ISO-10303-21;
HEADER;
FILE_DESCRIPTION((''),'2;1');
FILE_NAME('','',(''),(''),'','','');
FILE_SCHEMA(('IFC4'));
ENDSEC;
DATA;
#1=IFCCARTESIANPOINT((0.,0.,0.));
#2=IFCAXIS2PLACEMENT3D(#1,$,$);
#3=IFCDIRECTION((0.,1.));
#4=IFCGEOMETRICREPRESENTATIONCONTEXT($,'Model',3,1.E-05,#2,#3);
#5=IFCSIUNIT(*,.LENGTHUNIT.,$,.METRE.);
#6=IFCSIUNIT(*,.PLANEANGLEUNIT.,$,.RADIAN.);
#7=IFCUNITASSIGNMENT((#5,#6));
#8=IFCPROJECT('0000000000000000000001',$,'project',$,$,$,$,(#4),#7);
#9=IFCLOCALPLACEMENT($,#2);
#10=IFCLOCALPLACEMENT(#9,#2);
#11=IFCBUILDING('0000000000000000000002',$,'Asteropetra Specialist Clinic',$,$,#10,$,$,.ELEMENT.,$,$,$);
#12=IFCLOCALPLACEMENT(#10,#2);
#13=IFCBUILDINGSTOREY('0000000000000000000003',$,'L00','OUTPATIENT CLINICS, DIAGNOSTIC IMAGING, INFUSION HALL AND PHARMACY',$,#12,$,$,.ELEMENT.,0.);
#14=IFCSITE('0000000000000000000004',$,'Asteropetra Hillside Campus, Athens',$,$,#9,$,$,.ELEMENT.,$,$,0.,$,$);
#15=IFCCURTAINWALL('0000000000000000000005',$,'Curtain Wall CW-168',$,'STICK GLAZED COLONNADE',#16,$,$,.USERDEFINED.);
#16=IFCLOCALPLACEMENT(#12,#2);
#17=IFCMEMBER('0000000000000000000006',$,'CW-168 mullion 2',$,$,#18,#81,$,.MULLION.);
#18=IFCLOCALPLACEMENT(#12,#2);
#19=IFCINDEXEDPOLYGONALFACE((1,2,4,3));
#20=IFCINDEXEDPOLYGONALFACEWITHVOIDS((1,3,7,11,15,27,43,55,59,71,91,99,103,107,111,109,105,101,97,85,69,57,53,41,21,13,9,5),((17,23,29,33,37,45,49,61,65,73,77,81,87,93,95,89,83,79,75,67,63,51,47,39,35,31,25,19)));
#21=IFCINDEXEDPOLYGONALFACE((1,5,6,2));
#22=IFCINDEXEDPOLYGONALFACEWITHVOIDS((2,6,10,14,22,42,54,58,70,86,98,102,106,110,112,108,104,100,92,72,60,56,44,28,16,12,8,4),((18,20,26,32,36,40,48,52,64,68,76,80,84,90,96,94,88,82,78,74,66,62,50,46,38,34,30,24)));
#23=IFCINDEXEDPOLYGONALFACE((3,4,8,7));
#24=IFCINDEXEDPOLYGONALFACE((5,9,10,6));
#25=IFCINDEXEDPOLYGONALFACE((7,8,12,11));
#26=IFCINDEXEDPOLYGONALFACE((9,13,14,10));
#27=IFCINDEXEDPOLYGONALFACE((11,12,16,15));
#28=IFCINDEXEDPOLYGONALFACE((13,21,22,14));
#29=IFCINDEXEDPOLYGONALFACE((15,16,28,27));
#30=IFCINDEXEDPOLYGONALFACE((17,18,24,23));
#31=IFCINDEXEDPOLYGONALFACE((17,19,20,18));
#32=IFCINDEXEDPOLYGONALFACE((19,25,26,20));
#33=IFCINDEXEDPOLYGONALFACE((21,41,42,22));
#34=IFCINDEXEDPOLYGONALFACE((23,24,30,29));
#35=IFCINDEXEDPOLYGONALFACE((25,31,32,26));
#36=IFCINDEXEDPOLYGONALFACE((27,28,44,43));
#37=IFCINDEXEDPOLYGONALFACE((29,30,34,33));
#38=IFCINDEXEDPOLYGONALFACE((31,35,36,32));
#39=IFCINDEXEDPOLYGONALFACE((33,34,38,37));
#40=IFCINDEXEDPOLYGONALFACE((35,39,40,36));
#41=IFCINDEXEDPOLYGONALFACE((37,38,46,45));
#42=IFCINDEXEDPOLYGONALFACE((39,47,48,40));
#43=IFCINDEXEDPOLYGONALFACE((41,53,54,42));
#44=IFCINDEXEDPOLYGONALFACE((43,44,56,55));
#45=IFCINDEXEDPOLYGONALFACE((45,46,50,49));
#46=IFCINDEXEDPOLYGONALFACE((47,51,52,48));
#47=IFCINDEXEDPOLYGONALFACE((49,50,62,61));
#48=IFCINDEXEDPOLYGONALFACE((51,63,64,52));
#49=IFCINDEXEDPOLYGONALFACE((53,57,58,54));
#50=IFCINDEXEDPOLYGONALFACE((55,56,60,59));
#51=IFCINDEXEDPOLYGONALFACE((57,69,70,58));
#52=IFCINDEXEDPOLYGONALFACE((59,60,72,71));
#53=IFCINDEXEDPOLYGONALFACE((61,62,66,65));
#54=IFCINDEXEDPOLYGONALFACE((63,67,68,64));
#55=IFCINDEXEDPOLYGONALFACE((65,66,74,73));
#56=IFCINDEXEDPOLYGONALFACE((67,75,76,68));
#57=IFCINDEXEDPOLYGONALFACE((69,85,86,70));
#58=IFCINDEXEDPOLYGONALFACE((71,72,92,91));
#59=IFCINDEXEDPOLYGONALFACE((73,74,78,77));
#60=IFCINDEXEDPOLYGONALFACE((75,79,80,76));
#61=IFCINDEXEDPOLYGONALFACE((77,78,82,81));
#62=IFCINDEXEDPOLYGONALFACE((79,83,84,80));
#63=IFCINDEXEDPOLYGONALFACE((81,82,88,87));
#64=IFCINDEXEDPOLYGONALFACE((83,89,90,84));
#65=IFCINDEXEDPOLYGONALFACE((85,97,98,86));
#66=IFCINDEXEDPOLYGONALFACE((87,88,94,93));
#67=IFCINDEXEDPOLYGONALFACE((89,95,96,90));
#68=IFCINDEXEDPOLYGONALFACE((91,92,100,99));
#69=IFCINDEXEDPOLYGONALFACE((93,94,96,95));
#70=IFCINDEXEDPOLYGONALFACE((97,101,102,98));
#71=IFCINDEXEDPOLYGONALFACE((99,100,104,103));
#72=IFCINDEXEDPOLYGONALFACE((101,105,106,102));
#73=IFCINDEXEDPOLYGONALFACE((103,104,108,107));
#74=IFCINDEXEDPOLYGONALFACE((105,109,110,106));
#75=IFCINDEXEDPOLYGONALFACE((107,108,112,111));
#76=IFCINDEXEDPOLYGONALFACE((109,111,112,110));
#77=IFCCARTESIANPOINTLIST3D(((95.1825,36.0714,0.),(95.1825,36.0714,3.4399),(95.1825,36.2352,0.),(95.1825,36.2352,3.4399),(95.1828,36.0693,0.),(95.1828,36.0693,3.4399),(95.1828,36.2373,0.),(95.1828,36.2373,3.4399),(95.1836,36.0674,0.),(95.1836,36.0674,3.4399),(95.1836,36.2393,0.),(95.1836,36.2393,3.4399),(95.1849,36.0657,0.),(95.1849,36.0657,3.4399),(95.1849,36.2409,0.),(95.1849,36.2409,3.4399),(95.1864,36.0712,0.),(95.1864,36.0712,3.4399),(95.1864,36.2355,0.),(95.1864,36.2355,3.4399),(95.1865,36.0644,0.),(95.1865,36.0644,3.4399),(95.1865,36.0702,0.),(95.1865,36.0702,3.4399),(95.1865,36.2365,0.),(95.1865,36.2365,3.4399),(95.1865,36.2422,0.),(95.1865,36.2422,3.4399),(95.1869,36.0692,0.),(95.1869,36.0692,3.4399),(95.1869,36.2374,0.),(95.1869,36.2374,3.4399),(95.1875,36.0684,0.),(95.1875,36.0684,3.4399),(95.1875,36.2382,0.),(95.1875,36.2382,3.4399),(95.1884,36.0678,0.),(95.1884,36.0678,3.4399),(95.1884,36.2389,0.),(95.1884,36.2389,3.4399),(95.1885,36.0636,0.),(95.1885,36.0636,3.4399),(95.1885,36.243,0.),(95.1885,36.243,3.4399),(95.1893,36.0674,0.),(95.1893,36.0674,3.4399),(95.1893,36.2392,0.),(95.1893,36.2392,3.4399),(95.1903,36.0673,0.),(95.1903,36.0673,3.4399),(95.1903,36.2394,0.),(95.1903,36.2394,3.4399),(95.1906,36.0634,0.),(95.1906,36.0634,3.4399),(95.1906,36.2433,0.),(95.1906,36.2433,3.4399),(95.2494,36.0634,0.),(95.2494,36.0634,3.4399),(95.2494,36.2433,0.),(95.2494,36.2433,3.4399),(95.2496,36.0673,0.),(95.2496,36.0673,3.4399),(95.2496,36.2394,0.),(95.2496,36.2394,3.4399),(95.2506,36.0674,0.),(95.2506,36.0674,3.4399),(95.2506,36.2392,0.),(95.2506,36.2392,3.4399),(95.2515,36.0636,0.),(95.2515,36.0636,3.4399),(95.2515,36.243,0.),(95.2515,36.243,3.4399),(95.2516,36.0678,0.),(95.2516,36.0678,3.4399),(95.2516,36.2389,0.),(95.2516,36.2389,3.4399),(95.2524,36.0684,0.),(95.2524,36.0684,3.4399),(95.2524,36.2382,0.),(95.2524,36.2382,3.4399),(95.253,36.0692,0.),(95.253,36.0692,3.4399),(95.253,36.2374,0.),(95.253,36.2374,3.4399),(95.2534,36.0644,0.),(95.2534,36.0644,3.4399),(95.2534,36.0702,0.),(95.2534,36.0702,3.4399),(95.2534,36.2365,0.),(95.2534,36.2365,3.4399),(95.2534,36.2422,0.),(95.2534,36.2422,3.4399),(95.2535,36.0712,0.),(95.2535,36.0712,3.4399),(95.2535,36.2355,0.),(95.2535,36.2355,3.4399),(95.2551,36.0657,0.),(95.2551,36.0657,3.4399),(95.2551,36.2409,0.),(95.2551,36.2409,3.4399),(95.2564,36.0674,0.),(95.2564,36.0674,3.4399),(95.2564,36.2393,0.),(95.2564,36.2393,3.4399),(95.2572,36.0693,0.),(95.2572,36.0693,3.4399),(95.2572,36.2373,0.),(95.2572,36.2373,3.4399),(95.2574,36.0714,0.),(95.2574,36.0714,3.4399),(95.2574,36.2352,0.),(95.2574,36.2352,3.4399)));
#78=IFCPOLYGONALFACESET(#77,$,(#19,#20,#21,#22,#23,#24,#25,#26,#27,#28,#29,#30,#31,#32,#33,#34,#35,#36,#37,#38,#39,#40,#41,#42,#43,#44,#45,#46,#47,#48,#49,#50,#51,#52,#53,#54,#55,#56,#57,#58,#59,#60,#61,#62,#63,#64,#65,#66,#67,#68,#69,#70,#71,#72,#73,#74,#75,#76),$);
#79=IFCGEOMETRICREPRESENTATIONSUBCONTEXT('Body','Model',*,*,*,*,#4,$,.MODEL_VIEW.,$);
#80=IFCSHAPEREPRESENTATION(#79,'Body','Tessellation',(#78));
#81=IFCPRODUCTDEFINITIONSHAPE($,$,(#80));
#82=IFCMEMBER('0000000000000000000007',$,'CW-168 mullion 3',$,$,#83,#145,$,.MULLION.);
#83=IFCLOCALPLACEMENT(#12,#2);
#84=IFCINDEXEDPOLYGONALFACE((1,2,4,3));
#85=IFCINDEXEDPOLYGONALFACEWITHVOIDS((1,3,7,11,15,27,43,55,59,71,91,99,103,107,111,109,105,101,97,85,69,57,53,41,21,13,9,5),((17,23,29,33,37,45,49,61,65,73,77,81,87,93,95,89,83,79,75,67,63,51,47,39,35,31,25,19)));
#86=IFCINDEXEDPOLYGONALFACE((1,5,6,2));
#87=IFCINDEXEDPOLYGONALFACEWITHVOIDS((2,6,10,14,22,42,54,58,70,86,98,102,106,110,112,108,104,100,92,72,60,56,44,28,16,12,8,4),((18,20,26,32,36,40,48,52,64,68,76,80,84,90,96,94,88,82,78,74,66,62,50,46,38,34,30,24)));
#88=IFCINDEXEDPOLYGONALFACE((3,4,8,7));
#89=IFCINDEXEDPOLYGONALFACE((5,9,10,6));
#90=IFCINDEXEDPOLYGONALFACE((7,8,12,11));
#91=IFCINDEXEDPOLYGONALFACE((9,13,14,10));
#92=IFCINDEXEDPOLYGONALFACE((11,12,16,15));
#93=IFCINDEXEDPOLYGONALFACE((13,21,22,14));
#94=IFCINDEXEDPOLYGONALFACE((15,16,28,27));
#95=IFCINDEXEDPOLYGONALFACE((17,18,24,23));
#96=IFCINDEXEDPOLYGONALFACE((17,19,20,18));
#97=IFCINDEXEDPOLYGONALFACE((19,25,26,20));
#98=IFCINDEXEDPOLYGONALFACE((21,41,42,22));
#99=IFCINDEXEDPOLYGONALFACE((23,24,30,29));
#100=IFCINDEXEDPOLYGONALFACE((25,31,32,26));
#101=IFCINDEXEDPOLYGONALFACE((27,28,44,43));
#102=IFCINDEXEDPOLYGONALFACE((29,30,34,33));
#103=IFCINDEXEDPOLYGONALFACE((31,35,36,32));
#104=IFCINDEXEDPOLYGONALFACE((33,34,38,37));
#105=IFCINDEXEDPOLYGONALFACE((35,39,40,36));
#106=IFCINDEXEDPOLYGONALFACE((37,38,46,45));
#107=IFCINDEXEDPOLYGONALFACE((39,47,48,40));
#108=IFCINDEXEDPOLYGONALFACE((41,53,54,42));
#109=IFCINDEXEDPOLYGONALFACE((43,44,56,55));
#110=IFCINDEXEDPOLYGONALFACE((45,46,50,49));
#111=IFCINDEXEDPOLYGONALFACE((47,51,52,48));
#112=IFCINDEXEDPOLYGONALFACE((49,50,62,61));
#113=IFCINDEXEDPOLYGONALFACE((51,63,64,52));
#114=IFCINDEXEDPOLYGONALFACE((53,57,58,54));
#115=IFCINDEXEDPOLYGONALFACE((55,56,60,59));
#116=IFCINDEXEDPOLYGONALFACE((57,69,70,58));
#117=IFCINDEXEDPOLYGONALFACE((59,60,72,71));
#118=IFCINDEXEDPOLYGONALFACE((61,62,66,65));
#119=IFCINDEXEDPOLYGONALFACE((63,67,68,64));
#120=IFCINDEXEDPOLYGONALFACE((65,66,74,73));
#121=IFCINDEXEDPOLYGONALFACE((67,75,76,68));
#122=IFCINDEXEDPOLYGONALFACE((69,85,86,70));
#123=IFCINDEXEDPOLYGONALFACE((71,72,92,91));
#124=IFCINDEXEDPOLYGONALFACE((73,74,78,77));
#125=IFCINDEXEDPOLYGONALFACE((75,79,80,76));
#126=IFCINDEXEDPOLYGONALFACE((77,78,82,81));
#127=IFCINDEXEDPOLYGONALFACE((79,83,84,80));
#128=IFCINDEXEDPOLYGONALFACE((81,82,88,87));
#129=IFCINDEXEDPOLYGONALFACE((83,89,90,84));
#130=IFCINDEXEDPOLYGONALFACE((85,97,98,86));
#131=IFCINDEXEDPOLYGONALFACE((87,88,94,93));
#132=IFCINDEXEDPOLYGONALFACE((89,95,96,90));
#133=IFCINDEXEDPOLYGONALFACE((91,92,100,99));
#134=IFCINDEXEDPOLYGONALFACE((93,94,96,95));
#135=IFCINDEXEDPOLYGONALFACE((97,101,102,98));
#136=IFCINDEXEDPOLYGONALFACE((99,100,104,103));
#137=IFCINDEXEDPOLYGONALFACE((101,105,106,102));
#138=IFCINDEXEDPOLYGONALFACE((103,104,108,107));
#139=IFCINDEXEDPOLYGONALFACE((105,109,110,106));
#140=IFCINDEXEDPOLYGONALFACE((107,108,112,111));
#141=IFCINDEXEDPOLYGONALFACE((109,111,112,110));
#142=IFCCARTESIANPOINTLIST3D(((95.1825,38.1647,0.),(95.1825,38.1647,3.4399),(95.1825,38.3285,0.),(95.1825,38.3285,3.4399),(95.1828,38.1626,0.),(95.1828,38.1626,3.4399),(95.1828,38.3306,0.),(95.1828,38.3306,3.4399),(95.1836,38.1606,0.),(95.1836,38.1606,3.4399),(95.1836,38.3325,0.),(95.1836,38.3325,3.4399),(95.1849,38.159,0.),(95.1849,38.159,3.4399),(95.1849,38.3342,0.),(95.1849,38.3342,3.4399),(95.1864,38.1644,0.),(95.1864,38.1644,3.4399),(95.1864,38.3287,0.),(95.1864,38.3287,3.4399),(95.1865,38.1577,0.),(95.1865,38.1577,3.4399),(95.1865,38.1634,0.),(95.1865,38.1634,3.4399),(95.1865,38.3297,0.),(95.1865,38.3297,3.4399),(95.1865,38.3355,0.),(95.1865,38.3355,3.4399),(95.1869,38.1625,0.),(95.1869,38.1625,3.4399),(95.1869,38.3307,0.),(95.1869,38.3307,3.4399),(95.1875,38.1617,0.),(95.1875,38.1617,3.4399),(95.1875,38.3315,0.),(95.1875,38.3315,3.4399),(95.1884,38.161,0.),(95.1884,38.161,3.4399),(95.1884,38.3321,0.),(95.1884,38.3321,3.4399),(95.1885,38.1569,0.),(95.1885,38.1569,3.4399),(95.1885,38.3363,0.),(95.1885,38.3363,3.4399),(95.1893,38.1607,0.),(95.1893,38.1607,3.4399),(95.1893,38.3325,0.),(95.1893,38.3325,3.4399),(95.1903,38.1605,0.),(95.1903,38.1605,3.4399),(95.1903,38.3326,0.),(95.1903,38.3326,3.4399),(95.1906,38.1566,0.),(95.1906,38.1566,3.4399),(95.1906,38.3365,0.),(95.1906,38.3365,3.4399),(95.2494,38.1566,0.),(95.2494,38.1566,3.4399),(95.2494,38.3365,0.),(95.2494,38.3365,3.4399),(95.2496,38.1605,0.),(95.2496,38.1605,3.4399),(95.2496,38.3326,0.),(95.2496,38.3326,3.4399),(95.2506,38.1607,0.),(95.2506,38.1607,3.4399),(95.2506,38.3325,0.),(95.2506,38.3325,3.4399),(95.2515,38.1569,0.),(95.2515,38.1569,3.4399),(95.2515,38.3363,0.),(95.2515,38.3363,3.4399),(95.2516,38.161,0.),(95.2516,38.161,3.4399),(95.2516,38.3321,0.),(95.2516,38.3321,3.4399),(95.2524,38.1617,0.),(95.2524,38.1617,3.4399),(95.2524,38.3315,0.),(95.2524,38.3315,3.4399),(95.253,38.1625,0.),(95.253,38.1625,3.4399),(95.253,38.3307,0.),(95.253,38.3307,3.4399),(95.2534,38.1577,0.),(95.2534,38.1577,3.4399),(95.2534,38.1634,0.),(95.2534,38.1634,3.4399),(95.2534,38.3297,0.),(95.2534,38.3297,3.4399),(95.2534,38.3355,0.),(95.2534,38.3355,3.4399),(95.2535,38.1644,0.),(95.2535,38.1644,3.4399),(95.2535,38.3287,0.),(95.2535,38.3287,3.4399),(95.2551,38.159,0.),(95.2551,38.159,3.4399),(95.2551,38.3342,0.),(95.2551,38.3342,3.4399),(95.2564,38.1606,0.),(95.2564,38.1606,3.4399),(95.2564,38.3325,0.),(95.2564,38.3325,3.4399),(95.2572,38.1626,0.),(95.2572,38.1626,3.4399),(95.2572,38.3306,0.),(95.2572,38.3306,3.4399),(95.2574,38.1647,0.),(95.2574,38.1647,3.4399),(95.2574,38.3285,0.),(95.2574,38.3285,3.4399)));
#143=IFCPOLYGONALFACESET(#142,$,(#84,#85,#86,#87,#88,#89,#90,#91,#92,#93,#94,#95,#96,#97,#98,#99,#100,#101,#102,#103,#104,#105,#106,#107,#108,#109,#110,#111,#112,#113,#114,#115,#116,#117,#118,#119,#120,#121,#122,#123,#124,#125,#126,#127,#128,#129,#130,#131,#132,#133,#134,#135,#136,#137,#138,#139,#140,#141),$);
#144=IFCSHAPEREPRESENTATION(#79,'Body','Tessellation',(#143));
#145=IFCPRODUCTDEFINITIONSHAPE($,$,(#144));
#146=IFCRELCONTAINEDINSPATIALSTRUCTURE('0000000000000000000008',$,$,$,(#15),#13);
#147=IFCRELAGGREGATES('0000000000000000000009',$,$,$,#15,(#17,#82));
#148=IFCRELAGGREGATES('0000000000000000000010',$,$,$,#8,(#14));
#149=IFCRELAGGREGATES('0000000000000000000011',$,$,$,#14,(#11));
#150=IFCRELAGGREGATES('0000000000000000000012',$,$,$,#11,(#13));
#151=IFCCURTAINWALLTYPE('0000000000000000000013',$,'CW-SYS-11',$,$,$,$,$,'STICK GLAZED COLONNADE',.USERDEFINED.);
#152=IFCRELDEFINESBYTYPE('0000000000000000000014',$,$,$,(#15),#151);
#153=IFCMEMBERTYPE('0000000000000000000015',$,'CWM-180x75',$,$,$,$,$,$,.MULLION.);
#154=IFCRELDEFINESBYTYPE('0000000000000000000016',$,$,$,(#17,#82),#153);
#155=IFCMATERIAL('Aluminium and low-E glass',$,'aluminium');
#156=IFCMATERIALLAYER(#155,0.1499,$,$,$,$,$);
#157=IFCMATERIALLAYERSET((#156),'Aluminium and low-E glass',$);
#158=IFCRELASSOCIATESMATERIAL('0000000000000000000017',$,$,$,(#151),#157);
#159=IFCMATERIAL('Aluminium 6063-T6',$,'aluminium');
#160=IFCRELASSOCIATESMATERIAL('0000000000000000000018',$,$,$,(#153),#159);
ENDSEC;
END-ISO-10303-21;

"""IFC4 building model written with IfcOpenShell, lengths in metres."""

from ifc_helpers import new_model, si_unit, direction, frame, origin, origin_2d, place, context, subcontext, project, spatial, hollow_rectangle, extrude, material, layer, layer_set, material_profile, profile_set, type_object, element, aggregate, save


model = new_model("IFC4")

# Units and contexts
model_context = context("Model", 3, precision=1e-05, world=origin(), true_north=direction((0.0, 1.0)))
body_context = subcontext(model_context, "Body", "Model", "MODEL_VIEW")
ifc_project = project(units=[si_unit("LENGTHUNIT", "METRE"), si_unit("PLANEANGLEUNIT", "RADIAN")], contexts=[model_context])

# Site, building, storey
site_placement = place(None, origin())
site = spatial("IfcSite", under=ifc_project, at=site_placement, Name="Asteropetra Hillside Campus, Athens", CompositionType="ELEMENT", RefElevation=0.0)
building_placement = place(site_placement, origin())
building = spatial("IfcBuilding", under=site, at=building_placement, Name="Asteropetra Specialist Clinic", CompositionType="ELEMENT")
storey_placement = place(building_placement, origin())
storey = spatial("IfcBuildingStorey", under=building, at=storey_placement, Name="L00", Description="OUTPATIENT CLINICS, DIAGNOSTIC IMAGING, INFUSION HALL AND PHARMACY", CompositionType="ELEMENT", Elevation=0.0)

# Curtain wall, members
ifc_material_1 = material(Name="Aluminium and low-E glass", Category="aluminium")
ifc_layer_1 = layer(ifc_material_1, 0.1499)
ifc_layer_set_1 = layer_set([ifc_layer_1], Name="Aluminium and low-E glass")
curtain_wall_type_1 = type_object("IfcCurtainWallType", Name="CW-SYS-11", ElementType="STICK GLAZED COLONNADE", PredefinedType="USERDEFINED", material=ifc_layer_set_1)
curtain_wall_1_placement = place(storey_placement, origin())
curtain_wall_1 = element("IfcCurtainWall", 1, at=curtain_wall_1_placement, inside=storey, type_object=curtain_wall_type_1, Name="Curtain Wall CW-168", ObjectType="STICK GLAZED COLONNADE", PredefinedType="USERDEFINED")
ifc_material_2 = material(Name="Aluminium 6063-T6", Category="aluminium")
ifc_material_profile_1 = material_profile(ifc_material_2, hollow_rectangle(XDim=0.075, YDim=0.1799, WallThickness=0.0039, InnerFilletRadius=0.0039, OuterFilletRadius=0.0081, at=origin_2d()), Name="MUL 180x75x4.0")
ifc_profile_set_1 = profile_set([ifc_material_profile_1], Name="Aluminium 6063-T6")
member_type_1 = type_object("IfcMemberType", Name="CWM-180x75", PredefinedType="MULLION", material=ifc_profile_set_1)
member_1_placement = place(storey_placement, frame((95.22, 36.1533, 0.0), z_axis=(0.0, 0.0, 1.0), x_axis=(-1.0, 0.0, 0.0)))
member_1 = element("IfcMember", 2, at=member_1_placement, type_object=member_type_1, Name="CW-168 mullion 2", PredefinedType="MULLION", context=body_context, shape_type="SweptSolid", body=[
    extrude(hollow_rectangle(XDim=0.075, YDim=0.1799, WallThickness=0.0039, InnerFilletRadius=0.0039, OuterFilletRadius=0.0081, at=origin_2d()), origin(), (0.0, 0.0, 1.0), 3.4399),
])
member_2_placement = place(storey_placement, frame((95.22, 38.2466, 0.0), z_axis=(0.0, 0.0, 1.0), x_axis=(-1.0, 0.0, 0.0)))
member_2 = element("IfcMember", 3, at=member_2_placement, type_object=member_type_1, Name="CW-168 mullion 3", PredefinedType="MULLION", context=body_context, shape_type="SweptSolid", body=[
    extrude(hollow_rectangle(XDim=0.075, YDim=0.1799, WallThickness=0.0039, InnerFilletRadius=0.0039, OuterFilletRadius=0.0081, at=origin_2d()), origin(), (0.0, 0.0, 1.0), 3.4399),
])

aggregate(curtain_wall_1, [member_1, member_2])

save(model, "model.ifc")
